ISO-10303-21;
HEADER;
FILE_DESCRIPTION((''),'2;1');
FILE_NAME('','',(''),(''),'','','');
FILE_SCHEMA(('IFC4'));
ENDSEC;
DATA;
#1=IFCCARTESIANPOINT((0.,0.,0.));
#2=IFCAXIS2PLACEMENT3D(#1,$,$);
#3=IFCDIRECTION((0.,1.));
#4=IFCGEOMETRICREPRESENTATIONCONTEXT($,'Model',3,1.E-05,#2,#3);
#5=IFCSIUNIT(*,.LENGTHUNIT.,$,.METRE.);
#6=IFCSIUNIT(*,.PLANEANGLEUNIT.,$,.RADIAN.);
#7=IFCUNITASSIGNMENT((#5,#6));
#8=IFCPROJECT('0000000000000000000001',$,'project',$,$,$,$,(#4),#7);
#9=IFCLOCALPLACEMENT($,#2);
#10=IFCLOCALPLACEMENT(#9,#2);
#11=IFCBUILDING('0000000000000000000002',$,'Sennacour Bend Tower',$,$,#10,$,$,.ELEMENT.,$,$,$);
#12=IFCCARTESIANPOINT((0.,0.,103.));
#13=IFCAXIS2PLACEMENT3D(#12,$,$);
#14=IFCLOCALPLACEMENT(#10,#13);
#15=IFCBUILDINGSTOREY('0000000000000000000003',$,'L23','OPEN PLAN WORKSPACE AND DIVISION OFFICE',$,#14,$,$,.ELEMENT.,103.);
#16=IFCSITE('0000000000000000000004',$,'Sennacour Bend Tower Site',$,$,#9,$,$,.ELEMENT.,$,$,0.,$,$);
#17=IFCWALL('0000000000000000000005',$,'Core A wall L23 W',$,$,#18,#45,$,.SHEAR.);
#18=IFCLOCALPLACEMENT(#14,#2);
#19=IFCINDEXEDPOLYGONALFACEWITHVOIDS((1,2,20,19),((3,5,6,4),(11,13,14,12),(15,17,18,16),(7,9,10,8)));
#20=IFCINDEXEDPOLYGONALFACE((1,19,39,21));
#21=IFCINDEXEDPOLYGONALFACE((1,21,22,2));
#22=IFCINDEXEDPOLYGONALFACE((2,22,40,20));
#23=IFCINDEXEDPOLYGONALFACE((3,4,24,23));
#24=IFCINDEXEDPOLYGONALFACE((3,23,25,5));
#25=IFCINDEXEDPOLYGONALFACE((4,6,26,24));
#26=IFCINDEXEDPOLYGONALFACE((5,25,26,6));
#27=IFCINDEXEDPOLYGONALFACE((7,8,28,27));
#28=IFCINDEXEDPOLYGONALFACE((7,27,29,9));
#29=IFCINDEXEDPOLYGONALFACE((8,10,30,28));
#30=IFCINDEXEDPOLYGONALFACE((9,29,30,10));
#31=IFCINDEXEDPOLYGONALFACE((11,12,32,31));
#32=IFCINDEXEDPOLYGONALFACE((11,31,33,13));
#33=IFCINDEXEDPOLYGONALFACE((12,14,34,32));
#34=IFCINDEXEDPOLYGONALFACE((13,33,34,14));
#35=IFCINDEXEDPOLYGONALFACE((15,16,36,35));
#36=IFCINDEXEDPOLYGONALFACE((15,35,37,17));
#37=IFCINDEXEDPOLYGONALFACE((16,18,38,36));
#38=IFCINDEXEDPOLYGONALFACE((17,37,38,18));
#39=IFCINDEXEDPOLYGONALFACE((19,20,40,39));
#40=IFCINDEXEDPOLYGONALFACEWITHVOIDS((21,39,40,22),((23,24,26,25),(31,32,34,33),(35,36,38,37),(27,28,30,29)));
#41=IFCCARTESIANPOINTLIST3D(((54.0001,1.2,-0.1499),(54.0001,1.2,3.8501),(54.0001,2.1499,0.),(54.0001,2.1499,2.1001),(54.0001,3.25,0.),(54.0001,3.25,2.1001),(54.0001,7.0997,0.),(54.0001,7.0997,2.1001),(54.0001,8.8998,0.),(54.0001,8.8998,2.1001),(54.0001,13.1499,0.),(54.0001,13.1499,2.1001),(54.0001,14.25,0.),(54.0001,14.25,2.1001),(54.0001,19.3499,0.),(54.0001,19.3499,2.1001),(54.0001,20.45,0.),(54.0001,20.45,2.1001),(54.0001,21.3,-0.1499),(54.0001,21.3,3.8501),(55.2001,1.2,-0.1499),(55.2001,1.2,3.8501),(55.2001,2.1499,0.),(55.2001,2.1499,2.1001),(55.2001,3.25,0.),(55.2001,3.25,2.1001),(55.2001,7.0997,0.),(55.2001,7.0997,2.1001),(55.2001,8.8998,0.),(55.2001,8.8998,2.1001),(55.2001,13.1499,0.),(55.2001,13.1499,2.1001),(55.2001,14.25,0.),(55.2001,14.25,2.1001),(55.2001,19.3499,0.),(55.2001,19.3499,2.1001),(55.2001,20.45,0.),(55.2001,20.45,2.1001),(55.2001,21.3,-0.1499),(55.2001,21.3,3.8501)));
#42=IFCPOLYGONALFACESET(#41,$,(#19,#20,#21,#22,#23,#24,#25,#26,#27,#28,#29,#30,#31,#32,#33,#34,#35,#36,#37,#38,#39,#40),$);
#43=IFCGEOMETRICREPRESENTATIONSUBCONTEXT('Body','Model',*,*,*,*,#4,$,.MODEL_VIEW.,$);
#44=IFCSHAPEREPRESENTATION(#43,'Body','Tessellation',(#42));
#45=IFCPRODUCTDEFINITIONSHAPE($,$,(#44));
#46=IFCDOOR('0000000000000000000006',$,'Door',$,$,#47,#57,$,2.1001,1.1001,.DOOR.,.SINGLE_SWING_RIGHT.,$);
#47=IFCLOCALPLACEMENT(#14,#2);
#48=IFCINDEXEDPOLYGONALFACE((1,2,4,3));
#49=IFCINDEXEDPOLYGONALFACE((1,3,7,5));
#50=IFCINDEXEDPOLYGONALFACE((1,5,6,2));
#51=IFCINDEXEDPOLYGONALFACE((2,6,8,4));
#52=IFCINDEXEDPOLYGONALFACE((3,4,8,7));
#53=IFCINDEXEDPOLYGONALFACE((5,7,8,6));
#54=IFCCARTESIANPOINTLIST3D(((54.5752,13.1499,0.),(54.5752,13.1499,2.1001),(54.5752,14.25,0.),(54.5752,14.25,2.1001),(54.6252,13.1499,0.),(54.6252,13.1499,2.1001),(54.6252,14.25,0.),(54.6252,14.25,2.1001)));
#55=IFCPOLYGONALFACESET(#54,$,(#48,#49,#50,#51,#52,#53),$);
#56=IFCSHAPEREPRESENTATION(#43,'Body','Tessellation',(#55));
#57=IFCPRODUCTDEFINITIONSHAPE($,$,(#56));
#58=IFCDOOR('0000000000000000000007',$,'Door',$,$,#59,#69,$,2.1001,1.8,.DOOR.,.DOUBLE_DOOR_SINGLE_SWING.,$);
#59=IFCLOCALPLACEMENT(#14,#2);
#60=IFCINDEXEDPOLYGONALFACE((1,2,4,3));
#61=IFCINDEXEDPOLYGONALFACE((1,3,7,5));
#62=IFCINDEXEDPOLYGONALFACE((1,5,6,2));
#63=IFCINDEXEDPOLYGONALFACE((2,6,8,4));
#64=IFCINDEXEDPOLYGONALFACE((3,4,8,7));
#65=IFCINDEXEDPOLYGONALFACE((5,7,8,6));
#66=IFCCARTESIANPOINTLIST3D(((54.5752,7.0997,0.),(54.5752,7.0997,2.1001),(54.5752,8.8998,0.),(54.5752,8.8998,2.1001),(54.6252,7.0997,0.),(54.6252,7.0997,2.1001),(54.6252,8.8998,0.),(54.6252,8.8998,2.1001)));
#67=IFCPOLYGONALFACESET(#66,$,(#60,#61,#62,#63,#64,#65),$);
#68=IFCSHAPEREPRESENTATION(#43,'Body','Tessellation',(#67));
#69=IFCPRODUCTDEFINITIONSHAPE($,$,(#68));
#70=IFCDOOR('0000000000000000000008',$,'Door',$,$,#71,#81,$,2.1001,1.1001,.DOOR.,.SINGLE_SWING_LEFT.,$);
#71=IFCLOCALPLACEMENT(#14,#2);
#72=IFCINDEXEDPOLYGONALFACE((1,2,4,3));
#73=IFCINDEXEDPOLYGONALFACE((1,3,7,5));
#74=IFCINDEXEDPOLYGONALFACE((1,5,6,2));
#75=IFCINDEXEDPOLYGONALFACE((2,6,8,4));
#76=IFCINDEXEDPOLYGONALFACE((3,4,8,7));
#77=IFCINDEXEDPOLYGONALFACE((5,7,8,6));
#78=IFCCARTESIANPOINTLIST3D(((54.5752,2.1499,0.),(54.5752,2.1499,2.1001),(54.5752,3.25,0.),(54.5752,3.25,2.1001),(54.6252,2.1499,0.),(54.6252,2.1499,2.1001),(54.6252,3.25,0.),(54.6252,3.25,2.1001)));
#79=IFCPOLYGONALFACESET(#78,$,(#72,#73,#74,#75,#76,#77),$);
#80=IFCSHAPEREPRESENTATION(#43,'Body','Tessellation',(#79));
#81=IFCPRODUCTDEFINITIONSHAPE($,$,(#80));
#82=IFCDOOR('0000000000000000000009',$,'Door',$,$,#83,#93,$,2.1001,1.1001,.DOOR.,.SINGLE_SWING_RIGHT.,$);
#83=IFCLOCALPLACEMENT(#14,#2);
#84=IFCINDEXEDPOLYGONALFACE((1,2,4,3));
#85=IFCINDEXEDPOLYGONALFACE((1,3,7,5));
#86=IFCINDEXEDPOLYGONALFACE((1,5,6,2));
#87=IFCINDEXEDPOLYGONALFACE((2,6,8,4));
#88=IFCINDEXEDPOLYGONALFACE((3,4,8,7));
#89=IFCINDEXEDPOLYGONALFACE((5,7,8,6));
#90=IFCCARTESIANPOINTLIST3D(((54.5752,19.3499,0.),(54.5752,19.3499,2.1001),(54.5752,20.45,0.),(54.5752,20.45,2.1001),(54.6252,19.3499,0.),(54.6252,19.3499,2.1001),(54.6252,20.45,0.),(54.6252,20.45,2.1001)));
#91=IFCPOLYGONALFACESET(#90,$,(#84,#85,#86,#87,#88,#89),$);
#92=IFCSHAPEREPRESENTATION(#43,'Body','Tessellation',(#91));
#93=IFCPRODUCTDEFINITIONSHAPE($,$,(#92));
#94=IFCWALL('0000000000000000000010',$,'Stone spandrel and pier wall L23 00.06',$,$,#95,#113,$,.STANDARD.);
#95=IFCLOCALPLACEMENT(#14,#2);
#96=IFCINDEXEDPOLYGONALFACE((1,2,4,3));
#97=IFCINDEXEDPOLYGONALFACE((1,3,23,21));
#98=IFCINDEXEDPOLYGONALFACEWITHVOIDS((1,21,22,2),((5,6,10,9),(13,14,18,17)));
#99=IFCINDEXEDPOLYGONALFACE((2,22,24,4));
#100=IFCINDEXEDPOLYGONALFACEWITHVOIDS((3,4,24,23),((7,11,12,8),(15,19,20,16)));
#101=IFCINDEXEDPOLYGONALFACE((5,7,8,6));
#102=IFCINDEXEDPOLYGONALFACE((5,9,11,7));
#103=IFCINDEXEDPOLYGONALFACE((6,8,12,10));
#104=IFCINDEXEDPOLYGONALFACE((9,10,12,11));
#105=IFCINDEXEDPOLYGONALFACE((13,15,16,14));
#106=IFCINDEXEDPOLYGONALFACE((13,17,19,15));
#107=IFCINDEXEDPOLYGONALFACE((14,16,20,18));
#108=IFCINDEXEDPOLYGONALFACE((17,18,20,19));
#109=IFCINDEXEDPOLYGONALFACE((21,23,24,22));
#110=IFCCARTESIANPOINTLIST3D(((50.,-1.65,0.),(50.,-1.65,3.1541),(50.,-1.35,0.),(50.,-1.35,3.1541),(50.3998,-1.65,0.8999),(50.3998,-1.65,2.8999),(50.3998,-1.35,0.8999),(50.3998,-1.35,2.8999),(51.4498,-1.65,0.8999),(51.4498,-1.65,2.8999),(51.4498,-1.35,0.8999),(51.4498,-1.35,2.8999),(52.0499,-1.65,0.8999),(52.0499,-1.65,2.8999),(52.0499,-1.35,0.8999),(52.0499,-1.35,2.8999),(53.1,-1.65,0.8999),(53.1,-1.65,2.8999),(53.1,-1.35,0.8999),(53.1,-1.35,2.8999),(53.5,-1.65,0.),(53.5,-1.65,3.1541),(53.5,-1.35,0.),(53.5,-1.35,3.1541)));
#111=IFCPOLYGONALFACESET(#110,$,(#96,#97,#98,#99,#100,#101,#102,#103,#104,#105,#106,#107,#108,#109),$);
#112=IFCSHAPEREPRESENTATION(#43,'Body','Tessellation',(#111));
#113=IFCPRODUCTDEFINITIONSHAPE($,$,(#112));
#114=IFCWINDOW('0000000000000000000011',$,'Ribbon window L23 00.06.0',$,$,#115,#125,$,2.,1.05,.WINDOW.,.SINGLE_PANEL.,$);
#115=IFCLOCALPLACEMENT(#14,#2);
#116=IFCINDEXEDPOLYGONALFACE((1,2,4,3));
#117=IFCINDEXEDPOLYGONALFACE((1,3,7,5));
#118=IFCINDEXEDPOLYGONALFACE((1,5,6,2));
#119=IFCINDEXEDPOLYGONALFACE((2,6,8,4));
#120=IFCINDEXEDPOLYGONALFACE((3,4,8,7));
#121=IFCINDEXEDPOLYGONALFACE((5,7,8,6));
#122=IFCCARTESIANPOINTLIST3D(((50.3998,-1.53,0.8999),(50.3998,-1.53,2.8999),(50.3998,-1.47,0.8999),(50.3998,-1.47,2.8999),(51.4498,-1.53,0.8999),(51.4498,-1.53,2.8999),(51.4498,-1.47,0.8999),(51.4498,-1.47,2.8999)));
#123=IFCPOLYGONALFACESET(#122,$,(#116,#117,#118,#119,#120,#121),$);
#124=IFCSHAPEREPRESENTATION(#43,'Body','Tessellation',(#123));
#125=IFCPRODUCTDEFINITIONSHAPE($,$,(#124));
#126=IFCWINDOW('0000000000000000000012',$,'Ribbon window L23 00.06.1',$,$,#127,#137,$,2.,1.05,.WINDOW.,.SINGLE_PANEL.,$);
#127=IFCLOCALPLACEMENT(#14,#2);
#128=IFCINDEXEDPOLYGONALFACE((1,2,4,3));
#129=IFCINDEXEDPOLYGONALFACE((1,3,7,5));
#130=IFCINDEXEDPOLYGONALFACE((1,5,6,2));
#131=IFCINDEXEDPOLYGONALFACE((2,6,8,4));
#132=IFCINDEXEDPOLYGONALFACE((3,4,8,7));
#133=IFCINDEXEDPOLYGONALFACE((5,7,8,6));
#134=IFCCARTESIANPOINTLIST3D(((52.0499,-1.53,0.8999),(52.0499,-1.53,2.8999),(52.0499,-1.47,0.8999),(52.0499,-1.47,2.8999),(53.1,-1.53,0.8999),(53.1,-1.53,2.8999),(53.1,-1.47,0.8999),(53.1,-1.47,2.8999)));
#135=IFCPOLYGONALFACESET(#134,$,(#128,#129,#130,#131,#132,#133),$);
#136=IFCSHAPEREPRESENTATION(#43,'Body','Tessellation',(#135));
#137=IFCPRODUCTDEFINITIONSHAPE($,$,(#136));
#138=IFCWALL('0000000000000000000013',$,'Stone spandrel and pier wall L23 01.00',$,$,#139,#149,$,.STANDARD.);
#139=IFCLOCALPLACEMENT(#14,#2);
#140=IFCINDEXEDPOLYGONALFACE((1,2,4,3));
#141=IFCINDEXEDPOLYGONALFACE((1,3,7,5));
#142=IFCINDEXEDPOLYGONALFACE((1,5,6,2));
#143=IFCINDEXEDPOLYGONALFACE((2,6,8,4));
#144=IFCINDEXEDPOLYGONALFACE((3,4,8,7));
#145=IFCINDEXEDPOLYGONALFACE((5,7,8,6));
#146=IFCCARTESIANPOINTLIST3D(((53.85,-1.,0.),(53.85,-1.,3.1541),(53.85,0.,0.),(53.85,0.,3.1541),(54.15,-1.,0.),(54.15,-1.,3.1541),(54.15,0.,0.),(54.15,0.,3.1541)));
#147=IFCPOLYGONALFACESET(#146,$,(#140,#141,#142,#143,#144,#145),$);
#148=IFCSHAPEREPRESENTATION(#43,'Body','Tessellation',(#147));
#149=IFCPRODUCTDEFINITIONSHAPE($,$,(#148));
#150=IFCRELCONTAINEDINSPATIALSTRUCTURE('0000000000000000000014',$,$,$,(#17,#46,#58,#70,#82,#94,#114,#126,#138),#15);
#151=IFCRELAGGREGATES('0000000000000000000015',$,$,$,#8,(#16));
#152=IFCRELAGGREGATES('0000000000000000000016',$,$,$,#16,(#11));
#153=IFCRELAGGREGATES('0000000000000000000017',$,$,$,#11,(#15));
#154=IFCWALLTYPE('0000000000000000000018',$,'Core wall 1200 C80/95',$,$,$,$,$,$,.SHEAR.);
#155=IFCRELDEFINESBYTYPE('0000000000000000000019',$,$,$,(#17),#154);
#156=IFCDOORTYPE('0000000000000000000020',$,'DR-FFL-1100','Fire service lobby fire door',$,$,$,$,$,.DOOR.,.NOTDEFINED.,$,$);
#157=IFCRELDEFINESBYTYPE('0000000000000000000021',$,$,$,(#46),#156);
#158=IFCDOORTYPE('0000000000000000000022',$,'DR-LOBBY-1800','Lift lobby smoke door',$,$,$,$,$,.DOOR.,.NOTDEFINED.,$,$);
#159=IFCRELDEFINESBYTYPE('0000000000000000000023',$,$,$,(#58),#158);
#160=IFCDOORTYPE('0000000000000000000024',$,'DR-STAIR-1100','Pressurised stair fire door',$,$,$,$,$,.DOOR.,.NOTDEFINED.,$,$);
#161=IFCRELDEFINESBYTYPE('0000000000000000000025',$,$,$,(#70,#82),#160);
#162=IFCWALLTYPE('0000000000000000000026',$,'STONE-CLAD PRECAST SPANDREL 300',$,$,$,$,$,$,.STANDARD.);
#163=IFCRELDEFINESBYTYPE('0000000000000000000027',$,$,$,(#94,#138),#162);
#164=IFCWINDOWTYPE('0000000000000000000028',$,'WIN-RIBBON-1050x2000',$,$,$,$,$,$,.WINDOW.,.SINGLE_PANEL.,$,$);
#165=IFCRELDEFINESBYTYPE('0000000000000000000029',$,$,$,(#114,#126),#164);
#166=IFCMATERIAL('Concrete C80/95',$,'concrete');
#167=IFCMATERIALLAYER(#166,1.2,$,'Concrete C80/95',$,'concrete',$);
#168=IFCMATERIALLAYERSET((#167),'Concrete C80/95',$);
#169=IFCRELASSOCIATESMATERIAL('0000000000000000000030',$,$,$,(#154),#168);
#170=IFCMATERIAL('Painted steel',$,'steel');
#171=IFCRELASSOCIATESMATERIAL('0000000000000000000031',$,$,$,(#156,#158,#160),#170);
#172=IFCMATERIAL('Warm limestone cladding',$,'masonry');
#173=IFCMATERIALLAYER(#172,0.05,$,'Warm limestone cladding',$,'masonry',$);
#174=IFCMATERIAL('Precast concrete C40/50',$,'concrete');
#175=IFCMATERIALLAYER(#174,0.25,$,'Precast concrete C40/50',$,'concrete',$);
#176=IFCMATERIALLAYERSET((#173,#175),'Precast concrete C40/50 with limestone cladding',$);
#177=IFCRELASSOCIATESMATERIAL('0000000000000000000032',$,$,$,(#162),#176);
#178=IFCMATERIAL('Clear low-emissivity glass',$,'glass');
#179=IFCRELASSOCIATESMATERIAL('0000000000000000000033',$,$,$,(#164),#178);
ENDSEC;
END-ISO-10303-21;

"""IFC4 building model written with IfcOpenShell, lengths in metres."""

from ifc_helpers import new_model, si_unit, direction, frame, frame_2d, origin, place, context, subcontext, project, spatial, rectangle, extrude, material, layer, layer_set, type_object, element, fill, save


model = new_model("IFC4")

# Units and contexts
model_context = context("Model", 3, precision=1e-05, world=origin(), true_north=direction((0.0, 1.0)))
body_context = subcontext(model_context, "Body", "Model", "MODEL_VIEW")
ifc_project = project(units=[si_unit("LENGTHUNIT", "METRE"), si_unit("PLANEANGLEUNIT", "RADIAN")], contexts=[model_context])

# Site, building, storey
site_placement = place(None, origin())
site = spatial("IfcSite", under=ifc_project, at=site_placement, Name="Sennacour Bend Tower Site", CompositionType="ELEMENT", RefElevation=0.0)
building_placement = place(site_placement, origin())
building = spatial("IfcBuilding", under=site, at=building_placement, Name="Sennacour Bend Tower", CompositionType="ELEMENT")
storey_placement = place(building_placement, frame((0.0, 0.0, 103.0)))
storey = spatial("IfcBuildingStorey", under=building, at=storey_placement, Name="L23", Description="OPEN PLAN WORKSPACE AND DIVISION OFFICE", CompositionType="ELEMENT", Elevation=103.0)

# Wall, openings, doors
ifc_material_1 = material(Name="Concrete C80/95", Category="concrete")
ifc_layer_1 = layer(ifc_material_1, 1.2, Name="Concrete C80/95", Category="concrete")
ifc_layer_set_1 = layer_set([ifc_layer_1], Name="Concrete C80/95")
wall_type_1 = type_object("IfcWallType", Name="Core wall 1200 C80/95", PredefinedType="SHEAR", material=ifc_layer_set_1)
wall_1_placement = place(storey_placement, frame((54.6001, 1.2, -0.1499), z_axis=(0.0, 0.0, 1.0), x_axis=(0.0, 1.0, 0.0)))
wall_1 = element("IfcWall", 1, at=wall_1_placement, inside=storey, type_object=wall_type_1, Name="Core A wall L23 W", PredefinedType="SHEAR", context=body_context, shape_type="SweptSolid", body=[
    extrude(rectangle(XDim=20.1001, YDim=1.2, at=frame_2d((10.05, 0.0))), origin(), (0.0, 0.0, 1.0), 4.0),
])
opening_1_placement = place(wall_1_placement, frame((5.8999, 0.0, 0.1499)))
opening_1 = element("IfcOpeningElement", 2, at=opening_1_placement, cuts=wall_1, PredefinedType="OPENING", context=body_context, shape_type="SweptSolid", body=[
    extrude(rectangle(XDim=1.8, YDim=2.1001, at=frame_2d((0.8999, 1.05))), frame((0.0, 0.6099, 0.0), z_axis=(0.0, -1.0, 0.0), x_axis=(1.0, 0.0, 0.0)), (0.0, 0.0, 1.0), 1.22),
])
opening_2_placement = place(wall_1_placement, frame((11.95, 0.0, 0.1499)))
opening_2 = element("IfcOpeningElement", 3, at=opening_2_placement, cuts=wall_1, PredefinedType="OPENING", context=body_context, shape_type="SweptSolid", body=[
    extrude(rectangle(XDim=1.1001, YDim=2.1001, at=frame_2d((0.55, 1.05))), frame((0.0, 0.6099, 0.0), z_axis=(0.0, -1.0, 0.0), x_axis=(1.0, 0.0, 0.0)), (0.0, 0.0, 1.0), 1.22),
])
opening_3_placement = place(wall_1_placement, frame((0.95, 0.0, 0.1499)))
opening_3 = element("IfcOpeningElement", 4, at=opening_3_placement, cuts=wall_1, PredefinedType="OPENING", context=body_context, shape_type="SweptSolid", body=[
    extrude(rectangle(XDim=1.1001, YDim=2.1001, at=frame_2d((0.55, 1.05))), frame((0.0, 0.6099, 0.0), z_axis=(0.0, -1.0, 0.0), x_axis=(1.0, 0.0, 0.0)), (0.0, 0.0, 1.0), 1.22),
])
opening_4_placement = place(wall_1_placement, frame((18.1499, 0.0, 0.1499)))
opening_4 = element("IfcOpeningElement", 5, at=opening_4_placement, cuts=wall_1, PredefinedType="OPENING", context=body_context, shape_type="SweptSolid", body=[
    extrude(rectangle(XDim=1.1001, YDim=2.1001, at=frame_2d((0.55, 1.05))), frame((0.0, 0.6099, 0.0), z_axis=(0.0, -1.0, 0.0), x_axis=(1.0, 0.0, 0.0)), (0.0, 0.0, 1.0), 1.22),
])
ifc_material_2 = material(Name="Painted steel", Category="steel")
door_type_1 = type_object("IfcDoorType", Name="DR-FFL-1100", Description="Fire service lobby fire door", OperationType="NOTDEFINED", PredefinedType="DOOR", material=ifc_material_2)
door_1_placement = place(opening_2_placement, origin())
door_1 = element("IfcDoor", 6, at=door_1_placement, inside=storey, type_object=door_type_1, Name="Door", OperationType="SINGLE_SWING_RIGHT", OverallHeight=2.1001, OverallWidth=1.1001, PredefinedType="DOOR", context=body_context, shape_type="SweptSolid", body=[
    extrude(rectangle(XDim=1.1001, YDim=2.1001, at=frame_2d((0.55, 1.05))), frame((0.0, 0.0249, 0.0), z_axis=(0.0, -1.0, 0.0), x_axis=(1.0, 0.0, 0.0)), (0.0, 0.0, 1.0), 0.05),
])
fill(opening_2, door_1)
door_type_2 = type_object("IfcDoorType", Name="DR-LOBBY-1800", Description="Lift lobby smoke door", OperationType="NOTDEFINED", PredefinedType="DOOR", material=ifc_material_2)
door_2_placement = place(opening_1_placement, origin())
door_2 = element("IfcDoor", 7, at=door_2_placement, inside=storey, type_object=door_type_2, Name="Door", OperationType="DOUBLE_DOOR_SINGLE_SWING", OverallHeight=2.1001, OverallWidth=1.8, PredefinedType="DOOR", context=body_context, shape_type="SweptSolid", body=[
    extrude(rectangle(XDim=1.8, YDim=2.1001, at=frame_2d((0.8999, 1.05))), frame((0.0, 0.0249, 0.0), z_axis=(0.0, -1.0, 0.0), x_axis=(1.0, 0.0, 0.0)), (0.0, 0.0, 1.0), 0.05),
])
fill(opening_1, door_2)
door_type_3 = type_object("IfcDoorType", Name="DR-STAIR-1100", Description="Pressurised stair fire door", OperationType="NOTDEFINED", PredefinedType="DOOR", material=ifc_material_2)
door_3_placement = place(opening_3_placement, origin())
door_3 = element("IfcDoor", 8, at=door_3_placement, inside=storey, type_object=door_type_3, Name="Door", OperationType="SINGLE_SWING_LEFT", OverallHeight=2.1001, OverallWidth=1.1001, PredefinedType="DOOR", context=body_context, shape_type="SweptSolid", body=[
    extrude(rectangle(XDim=1.1001, YDim=2.1001, at=frame_2d((0.55, 1.05))), frame((0.0, 0.0249, 0.0), z_axis=(0.0, -1.0, 0.0), x_axis=(1.0, 0.0, 0.0)), (0.0, 0.0, 1.0), 0.05),
])
fill(opening_3, door_3)
door_4_placement = place(opening_4_placement, origin())
door_4 = element("IfcDoor", 9, at=door_4_placement, inside=storey, type_object=door_type_3, Name="Door", OperationType="SINGLE_SWING_RIGHT", OverallHeight=2.1001, OverallWidth=1.1001, PredefinedType="DOOR", context=body_context, shape_type="SweptSolid", body=[
    extrude(rectangle(XDim=1.1001, YDim=2.1001, at=frame_2d((0.55, 1.05))), frame((0.0, 0.0249, 0.0), z_axis=(0.0, -1.0, 0.0), x_axis=(1.0, 0.0, 0.0)), (0.0, 0.0, 1.0), 0.05),
])
fill(opening_4, door_4)

# Wall, openings, windows
ifc_material_3 = material(Name="Warm limestone cladding", Category="masonry")
ifc_layer_2 = layer(ifc_material_3, 0.05, Name="Warm limestone cladding", Category="masonry")
ifc_material_4 = material(Name="Precast concrete C40/50", Category="concrete")
ifc_layer_3 = layer(ifc_material_4, 0.25, Name="Precast concrete C40/50", Category="concrete")
ifc_layer_set_2 = layer_set([ifc_layer_2, ifc_layer_3], Name="Precast concrete C40/50 with limestone cladding")
wall_type_2 = type_object("IfcWallType", Name="STONE-CLAD PRECAST SPANDREL 300", PredefinedType="STANDARD", material=ifc_layer_set_2)
wall_2_placement = place(storey_placement, frame((50.0, -1.5, 0.0), z_axis=(0.0, 0.0, 1.0), x_axis=(1.0, 0.0, 0.0)))
wall_2 = element("IfcWall", 10, at=wall_2_placement, inside=storey, type_object=wall_type_2, Name="Stone spandrel and pier wall L23 00.06", PredefinedType="STANDARD", context=body_context, shape_type="SweptSolid", body=[
    extrude(rectangle(XDim=3.5, YDim=0.3, at=frame_2d((1.75, 0.0))), origin(), (0.0, 0.0, 1.0), 3.1541),
])
opening_5_placement = place(wall_2_placement, frame((0.3999, 0.0, 0.8999)))
opening_5 = element("IfcOpeningElement", 11, at=opening_5_placement, cuts=wall_2, PredefinedType="OPENING", context=body_context, shape_type="SweptSolid", body=[
    extrude(rectangle(XDim=1.05, YDim=2.0, at=frame_2d((0.5249, 1.0))), frame((0.0, 0.1602, 0.0), z_axis=(0.0, -1.0, 0.0), x_axis=(1.0, 0.0, 0.0)), (0.0, 0.0, 1.0), 0.3201),
])
opening_6_placement = place(wall_2_placement, frame((2.05, 0.0, 0.8999)))
opening_6 = element("IfcOpeningElement", 12, at=opening_6_placement, cuts=wall_2, PredefinedType="OPENING", context=body_context, shape_type="SweptSolid", body=[
    extrude(rectangle(XDim=1.05, YDim=2.0, at=frame_2d((0.5249, 1.0))), frame((0.0, 0.1602, 0.0), z_axis=(0.0, -1.0, 0.0), x_axis=(1.0, 0.0, 0.0)), (0.0, 0.0, 1.0), 0.3201),
])
ifc_material_5 = material(Name="Clear low-emissivity glass", Category="glass")
window_type = type_object("IfcWindowType", Name="WIN-RIBBON-1050x2000", PartitioningType="SINGLE_PANEL", PredefinedType="WINDOW", material=ifc_material_5)
window_1_placement = place(opening_5_placement, origin())
window_1 = element("IfcWindow", 13, at=window_1_placement, inside=storey, type_object=window_type, Name="Ribbon window L23 00.06.0", OverallHeight=2.0, OverallWidth=1.05, PartitioningType="SINGLE_PANEL", PredefinedType="WINDOW", context=body_context, shape_type="SweptSolid", body=[
    extrude(rectangle(XDim=1.05, YDim=2.0, at=frame_2d((0.5249, 1.0))), frame((0.0, 0.03, 0.0), z_axis=(0.0, -1.0, 0.0), x_axis=(1.0, 0.0, 0.0)), (0.0, 0.0, 1.0), 0.0601),
])
fill(opening_5, window_1)
window_2_placement = place(opening_6_placement, origin())
window_2 = element("IfcWindow", 14, at=window_2_placement, inside=storey, type_object=window_type, Name="Ribbon window L23 00.06.1", OverallHeight=2.0, OverallWidth=1.05, PartitioningType="SINGLE_PANEL", PredefinedType="WINDOW", context=body_context, shape_type="SweptSolid", body=[
    extrude(rectangle(XDim=1.05, YDim=2.0, at=frame_2d((0.5249, 1.0))), frame((0.0, 0.03, 0.0), z_axis=(0.0, -1.0, 0.0), x_axis=(1.0, 0.0, 0.0)), (0.0, 0.0, 1.0), 0.0601),
])
fill(opening_6, window_2)

# Wall
wall_3_placement = place(storey_placement, frame((54.0, -1.0, 0.0), z_axis=(0.0, 0.0, 1.0), x_axis=(0.0, 1.0, 0.0)))
element("IfcWall", 15, at=wall_3_placement, inside=storey, type_object=wall_type_2, Name="Stone spandrel and pier wall L23 01.00", PredefinedType="STANDARD", context=body_context, shape_type="SweptSolid", body=[
    extrude(rectangle(XDim=1.0, YDim=0.3, at=frame_2d((0.5, 0.0))), origin(), (0.0, 0.0, 1.0), 3.1541),
])

save(model, "model.ifc")
